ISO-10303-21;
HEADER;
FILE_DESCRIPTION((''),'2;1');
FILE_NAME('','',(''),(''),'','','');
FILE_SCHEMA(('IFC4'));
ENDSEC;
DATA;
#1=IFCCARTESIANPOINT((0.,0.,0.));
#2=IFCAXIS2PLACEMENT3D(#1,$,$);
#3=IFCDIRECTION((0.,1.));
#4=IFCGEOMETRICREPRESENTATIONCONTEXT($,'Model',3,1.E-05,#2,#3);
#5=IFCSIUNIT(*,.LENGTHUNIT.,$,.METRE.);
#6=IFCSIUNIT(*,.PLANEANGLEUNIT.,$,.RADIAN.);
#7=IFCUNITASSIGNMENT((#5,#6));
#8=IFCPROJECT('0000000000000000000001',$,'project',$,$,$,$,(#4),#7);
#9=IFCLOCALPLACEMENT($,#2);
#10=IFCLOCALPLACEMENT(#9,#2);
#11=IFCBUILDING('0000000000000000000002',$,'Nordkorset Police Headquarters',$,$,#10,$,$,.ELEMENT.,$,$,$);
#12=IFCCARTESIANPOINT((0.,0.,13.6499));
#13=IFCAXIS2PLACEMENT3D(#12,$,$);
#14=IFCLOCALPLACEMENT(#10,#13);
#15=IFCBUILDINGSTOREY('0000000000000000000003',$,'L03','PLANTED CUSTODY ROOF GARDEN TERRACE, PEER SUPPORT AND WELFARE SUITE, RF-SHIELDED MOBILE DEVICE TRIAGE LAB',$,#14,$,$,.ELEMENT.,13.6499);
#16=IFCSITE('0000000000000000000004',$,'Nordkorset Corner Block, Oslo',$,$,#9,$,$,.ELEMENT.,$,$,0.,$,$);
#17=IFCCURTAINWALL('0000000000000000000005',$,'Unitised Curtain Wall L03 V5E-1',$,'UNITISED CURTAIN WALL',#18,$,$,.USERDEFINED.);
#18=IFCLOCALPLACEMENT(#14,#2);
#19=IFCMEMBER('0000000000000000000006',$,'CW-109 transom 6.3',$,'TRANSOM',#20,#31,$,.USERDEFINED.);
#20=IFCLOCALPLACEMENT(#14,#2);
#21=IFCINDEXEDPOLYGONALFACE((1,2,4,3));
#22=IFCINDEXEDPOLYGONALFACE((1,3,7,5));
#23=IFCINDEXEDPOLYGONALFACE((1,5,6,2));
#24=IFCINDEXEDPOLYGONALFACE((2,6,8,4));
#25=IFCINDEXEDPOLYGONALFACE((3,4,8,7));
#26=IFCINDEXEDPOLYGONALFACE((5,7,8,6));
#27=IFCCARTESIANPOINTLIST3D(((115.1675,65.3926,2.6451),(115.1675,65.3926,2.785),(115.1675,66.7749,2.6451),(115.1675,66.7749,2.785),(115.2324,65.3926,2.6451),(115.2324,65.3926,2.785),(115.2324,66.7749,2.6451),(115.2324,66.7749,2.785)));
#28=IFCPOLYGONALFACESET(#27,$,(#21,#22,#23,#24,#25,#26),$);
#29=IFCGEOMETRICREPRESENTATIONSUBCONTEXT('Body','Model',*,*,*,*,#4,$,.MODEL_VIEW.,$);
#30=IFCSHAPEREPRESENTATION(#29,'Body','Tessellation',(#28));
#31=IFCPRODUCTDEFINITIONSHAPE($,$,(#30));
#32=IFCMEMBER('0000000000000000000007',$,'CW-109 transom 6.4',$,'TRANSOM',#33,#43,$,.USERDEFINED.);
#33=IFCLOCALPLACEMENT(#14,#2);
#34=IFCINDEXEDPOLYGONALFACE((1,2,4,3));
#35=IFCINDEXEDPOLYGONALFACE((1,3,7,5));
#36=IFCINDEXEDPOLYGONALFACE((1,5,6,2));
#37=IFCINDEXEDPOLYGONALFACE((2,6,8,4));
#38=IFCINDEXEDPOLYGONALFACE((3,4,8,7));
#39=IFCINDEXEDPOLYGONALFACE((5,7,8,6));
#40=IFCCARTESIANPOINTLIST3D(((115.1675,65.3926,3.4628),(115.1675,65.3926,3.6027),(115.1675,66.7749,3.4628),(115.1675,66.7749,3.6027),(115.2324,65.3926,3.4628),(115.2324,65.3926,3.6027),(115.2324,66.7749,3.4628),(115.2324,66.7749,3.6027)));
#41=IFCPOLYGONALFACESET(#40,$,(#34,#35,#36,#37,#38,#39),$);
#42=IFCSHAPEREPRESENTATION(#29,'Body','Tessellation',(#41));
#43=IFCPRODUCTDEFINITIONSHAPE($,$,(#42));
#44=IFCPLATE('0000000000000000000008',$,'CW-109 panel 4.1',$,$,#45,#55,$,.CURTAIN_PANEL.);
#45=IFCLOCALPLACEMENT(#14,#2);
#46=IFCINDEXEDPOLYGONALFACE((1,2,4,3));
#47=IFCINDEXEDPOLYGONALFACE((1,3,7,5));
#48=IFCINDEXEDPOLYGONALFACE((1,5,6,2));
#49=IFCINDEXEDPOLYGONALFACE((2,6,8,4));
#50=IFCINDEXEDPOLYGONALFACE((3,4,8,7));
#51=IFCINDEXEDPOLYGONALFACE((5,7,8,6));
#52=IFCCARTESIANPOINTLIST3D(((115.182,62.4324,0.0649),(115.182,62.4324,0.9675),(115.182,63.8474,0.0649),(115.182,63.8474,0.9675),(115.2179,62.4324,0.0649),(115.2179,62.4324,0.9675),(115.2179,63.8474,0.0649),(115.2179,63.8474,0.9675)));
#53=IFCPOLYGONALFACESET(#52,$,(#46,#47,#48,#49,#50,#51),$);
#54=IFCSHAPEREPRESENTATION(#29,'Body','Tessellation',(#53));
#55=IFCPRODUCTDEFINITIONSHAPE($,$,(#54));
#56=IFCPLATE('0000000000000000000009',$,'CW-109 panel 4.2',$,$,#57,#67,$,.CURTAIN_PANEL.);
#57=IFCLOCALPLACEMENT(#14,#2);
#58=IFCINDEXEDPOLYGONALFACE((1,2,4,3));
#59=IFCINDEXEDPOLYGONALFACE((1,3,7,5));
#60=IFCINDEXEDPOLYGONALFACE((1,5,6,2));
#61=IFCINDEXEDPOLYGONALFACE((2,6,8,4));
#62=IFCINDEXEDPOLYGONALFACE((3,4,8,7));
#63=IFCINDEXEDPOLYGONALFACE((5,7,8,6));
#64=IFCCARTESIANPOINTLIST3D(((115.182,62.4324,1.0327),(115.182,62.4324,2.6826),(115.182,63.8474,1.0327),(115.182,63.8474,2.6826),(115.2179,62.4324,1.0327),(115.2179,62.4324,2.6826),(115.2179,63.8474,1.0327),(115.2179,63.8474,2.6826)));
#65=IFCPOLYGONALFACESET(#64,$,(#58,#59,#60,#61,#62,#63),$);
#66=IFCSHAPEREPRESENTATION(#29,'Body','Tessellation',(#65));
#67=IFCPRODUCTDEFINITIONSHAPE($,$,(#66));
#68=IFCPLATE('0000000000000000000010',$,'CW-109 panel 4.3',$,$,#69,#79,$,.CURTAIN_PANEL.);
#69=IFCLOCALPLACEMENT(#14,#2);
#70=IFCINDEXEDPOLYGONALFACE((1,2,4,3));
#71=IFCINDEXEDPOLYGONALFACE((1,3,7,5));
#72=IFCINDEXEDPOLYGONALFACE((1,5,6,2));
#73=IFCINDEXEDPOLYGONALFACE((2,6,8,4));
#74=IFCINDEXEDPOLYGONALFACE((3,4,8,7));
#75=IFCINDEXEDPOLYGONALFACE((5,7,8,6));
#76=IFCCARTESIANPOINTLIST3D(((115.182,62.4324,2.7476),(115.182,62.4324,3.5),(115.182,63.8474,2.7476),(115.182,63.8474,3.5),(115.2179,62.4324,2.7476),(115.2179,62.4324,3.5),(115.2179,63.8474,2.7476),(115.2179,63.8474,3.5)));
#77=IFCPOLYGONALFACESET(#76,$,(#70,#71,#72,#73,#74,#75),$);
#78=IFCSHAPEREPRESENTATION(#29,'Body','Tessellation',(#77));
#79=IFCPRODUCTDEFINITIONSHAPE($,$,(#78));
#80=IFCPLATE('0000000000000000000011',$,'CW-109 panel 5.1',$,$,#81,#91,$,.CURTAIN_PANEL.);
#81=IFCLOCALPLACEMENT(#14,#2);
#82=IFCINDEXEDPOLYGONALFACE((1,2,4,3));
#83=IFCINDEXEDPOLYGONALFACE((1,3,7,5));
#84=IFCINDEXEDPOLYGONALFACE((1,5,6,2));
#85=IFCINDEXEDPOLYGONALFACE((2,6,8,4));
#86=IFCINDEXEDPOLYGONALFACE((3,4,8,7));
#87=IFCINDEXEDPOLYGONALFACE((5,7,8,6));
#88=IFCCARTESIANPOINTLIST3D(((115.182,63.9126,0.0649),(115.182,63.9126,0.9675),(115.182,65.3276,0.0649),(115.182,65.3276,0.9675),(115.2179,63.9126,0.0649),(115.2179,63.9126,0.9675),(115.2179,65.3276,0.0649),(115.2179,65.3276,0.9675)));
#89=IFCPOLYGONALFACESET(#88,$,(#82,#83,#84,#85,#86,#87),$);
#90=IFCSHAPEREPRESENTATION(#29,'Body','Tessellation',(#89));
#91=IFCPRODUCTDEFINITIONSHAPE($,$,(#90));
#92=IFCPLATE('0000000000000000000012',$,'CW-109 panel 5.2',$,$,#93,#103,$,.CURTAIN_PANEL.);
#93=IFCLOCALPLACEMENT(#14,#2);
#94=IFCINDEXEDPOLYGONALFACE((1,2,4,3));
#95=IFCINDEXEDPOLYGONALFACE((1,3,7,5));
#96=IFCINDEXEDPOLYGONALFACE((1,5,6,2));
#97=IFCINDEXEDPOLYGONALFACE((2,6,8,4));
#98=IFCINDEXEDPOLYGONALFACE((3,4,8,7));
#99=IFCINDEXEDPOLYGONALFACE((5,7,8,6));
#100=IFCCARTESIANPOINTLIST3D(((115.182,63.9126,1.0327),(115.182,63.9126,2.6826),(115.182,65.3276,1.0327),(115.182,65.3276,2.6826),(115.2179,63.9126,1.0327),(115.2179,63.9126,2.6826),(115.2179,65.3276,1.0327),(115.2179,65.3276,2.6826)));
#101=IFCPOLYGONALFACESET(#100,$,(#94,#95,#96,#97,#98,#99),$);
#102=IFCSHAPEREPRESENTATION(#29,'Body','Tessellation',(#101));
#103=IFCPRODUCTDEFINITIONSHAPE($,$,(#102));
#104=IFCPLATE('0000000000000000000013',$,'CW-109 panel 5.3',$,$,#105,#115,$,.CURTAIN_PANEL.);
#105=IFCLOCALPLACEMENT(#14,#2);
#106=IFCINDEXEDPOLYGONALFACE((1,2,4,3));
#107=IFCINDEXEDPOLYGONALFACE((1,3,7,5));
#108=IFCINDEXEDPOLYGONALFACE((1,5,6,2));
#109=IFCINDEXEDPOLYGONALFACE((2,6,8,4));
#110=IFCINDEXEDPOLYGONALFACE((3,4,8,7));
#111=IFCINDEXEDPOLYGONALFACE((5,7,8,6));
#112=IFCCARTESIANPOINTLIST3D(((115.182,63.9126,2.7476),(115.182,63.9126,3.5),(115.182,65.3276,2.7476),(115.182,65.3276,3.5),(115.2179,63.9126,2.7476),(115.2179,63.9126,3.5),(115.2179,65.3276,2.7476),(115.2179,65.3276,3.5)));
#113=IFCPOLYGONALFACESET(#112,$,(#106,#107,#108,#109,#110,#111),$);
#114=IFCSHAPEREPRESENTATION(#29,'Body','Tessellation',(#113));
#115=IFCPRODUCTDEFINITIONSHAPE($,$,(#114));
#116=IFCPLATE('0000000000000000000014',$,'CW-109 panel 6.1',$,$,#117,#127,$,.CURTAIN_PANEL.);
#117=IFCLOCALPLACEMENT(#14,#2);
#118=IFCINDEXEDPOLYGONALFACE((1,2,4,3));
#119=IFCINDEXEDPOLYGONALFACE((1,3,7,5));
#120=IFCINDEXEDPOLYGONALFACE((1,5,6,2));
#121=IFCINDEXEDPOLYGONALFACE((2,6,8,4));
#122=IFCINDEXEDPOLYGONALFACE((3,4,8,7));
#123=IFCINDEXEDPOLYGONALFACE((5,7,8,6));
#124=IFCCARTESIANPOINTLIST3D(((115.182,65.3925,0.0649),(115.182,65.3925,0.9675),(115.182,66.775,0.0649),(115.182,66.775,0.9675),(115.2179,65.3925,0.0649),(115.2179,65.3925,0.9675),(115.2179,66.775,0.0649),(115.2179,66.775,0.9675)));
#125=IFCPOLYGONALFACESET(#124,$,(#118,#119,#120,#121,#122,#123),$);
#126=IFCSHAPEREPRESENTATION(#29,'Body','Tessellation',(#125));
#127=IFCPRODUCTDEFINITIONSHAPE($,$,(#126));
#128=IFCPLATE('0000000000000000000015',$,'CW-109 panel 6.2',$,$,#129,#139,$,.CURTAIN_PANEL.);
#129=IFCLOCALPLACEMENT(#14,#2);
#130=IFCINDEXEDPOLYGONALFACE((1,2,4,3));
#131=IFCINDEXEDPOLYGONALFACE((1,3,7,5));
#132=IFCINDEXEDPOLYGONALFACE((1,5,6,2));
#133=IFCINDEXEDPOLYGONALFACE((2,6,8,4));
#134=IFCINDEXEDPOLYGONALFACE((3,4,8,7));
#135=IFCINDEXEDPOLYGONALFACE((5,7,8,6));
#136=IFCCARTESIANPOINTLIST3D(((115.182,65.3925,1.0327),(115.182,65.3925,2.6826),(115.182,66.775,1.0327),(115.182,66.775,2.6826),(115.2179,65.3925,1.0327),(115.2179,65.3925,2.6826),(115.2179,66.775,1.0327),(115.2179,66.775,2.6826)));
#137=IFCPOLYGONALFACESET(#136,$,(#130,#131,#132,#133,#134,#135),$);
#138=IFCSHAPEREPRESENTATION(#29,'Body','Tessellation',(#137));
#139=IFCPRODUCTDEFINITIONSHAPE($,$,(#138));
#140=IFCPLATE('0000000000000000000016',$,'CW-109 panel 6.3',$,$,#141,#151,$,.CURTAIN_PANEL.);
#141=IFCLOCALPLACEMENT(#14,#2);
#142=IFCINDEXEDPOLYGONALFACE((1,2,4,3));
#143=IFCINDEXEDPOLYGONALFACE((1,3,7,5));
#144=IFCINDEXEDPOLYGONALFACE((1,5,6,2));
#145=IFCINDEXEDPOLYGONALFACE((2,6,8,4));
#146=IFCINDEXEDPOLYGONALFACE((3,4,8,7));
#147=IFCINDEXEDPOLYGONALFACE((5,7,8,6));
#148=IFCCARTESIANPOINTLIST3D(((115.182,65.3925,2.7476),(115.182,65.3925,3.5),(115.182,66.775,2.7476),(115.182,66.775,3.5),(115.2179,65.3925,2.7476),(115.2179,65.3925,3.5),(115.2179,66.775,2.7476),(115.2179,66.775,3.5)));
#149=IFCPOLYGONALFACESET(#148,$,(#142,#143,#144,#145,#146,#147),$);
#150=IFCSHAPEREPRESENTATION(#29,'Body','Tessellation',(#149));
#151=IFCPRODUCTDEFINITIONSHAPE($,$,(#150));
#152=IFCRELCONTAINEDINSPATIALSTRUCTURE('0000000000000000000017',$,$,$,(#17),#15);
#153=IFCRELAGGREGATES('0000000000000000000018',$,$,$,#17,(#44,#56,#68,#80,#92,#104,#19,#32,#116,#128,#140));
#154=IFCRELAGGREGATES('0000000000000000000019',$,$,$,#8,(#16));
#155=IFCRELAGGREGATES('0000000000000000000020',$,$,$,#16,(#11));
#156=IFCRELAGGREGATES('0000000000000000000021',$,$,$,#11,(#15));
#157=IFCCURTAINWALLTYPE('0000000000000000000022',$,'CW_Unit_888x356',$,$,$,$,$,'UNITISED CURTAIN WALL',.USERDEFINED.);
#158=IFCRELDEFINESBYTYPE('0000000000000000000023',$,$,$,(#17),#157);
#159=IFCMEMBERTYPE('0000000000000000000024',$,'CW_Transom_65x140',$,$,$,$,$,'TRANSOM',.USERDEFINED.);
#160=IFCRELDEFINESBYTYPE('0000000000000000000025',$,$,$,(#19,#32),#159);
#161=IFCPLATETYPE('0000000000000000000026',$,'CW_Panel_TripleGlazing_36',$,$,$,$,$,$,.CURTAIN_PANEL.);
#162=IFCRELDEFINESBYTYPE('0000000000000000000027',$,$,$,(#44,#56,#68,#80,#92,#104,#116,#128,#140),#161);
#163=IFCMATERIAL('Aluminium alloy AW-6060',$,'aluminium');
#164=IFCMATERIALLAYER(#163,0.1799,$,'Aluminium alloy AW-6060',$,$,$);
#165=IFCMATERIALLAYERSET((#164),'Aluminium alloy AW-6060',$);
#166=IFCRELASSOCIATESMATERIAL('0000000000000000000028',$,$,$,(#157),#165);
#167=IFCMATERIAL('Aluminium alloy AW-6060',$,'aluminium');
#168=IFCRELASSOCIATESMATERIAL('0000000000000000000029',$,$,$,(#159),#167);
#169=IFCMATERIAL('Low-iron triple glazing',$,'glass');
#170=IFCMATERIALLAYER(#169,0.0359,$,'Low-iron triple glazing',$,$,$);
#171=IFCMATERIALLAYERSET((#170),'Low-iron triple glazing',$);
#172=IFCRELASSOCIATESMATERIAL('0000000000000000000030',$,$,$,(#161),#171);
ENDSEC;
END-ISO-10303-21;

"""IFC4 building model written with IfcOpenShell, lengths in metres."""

from ifc_helpers import new_model, si_unit, direction, frame, origin, origin_2d, place, context, subcontext, project, spatial, rectangle, extrude, material, layer, layer_set, material_profile, profile_set, type_object, element, aggregate, save


model = new_model("IFC4")

# Units and contexts
model_context = context("Model", 3, precision=1e-05, world=origin(), true_north=direction((0.0, 1.0)))
body_context = subcontext(model_context, "Body", "Model", "MODEL_VIEW")
ifc_project = project(units=[si_unit("LENGTHUNIT", "METRE"), si_unit("PLANEANGLEUNIT", "RADIAN")], contexts=[model_context])

# Site, building, storey
site_placement = place(None, origin())
site = spatial("IfcSite", under=ifc_project, at=site_placement, Name="Nordkorset Corner Block, Oslo", CompositionType="ELEMENT", RefElevation=0.0)
building_placement = place(site_placement, origin())
building = spatial("IfcBuilding", under=site, at=building_placement, Name="Nordkorset Police Headquarters", CompositionType="ELEMENT")
storey_placement = place(building_placement, frame((0.0, 0.0, 13.6499)))
storey = spatial("IfcBuildingStorey", under=building, at=storey_placement, Name="L03", Description="PLANTED CUSTODY ROOF GARDEN TERRACE, PEER SUPPORT AND WELFARE SUITE, RF-SHIELDED MOBILE DEVICE TRIAGE LAB", CompositionType="ELEMENT", Elevation=13.6499)

# Curtain wall, members, plates
ifc_material_1 = material(Name="Aluminium alloy AW-6060", Category="aluminium")
ifc_layer_1 = layer(ifc_material_1, 0.1799, Name="Aluminium alloy AW-6060")
ifc_layer_set_1 = layer_set([ifc_layer_1], Name="Aluminium alloy AW-6060")
curtain_wall_type = type_object("IfcCurtainWallType", Name="CW_Unit_888x356", ElementType="UNITISED CURTAIN WALL", PredefinedType="USERDEFINED", material=ifc_layer_set_1)
curtain_wall_placement = place(storey_placement, origin())
curtain_wall = element("IfcCurtainWall", 1, at=curtain_wall_placement, inside=storey, type_object=curtain_wall_type, Name="Unitised Curtain Wall L03 V5E-1", ObjectType="UNITISED CURTAIN WALL", PredefinedType="USERDEFINED")
ifc_material_2 = material(Name="Aluminium alloy AW-6060", Category="aluminium")
ifc_material_profile_1 = material_profile(ifc_material_2, rectangle(XDim=0.0649, YDim=0.1399, at=origin_2d()), Name="ALU TRAN 65x140")
ifc_profile_set_1 = profile_set([ifc_material_profile_1], Name="Aluminium alloy AW-6060")
member_type_1 = type_object("IfcMemberType", Name="CW_Transom_65x140", ElementType="TRANSOM", PredefinedType="USERDEFINED", material=ifc_profile_set_1)
member_1_placement = place(storey_placement, frame((115.2, 65.3926, 2.7151), z_axis=(0.0, 1.0, 0.0), x_axis=(-1.0, 0.0, 0.0)))
member_1 = element("IfcMember", 2, at=member_1_placement, type_object=member_type_1, Name="CW-109 transom 6.3", ObjectType="TRANSOM", PredefinedType="USERDEFINED", context=body_context, shape_type="SweptSolid", body=[
    extrude(rectangle(XDim=0.0649, YDim=0.1399, at=origin_2d()), origin(), (0.0, 0.0, 1.0), 1.3823),
])
member_2_placement = place(storey_placement, frame((115.2, 65.3926, 3.5327), z_axis=(0.0, 1.0, 0.0), x_axis=(-1.0, 0.0, 0.0)))
member_2 = element("IfcMember", 3, at=member_2_placement, type_object=member_type_1, Name="CW-109 transom 6.4", ObjectType="TRANSOM", PredefinedType="USERDEFINED", context=body_context, shape_type="SweptSolid", body=[
    extrude(rectangle(XDim=0.0649, YDim=0.1399, at=origin_2d()), origin(), (0.0, 0.0, 1.0), 1.3823),
])
ifc_material_3 = material(Name="Low-iron triple glazing", Category="glass")
ifc_layer_2 = layer(ifc_material_3, 0.0359, Name="Low-iron triple glazing")
ifc_layer_set_2 = layer_set([ifc_layer_2], Name="Low-iron triple glazing")
plate_type = type_object("IfcPlateType", Name="CW_Panel_TripleGlazing_36", PredefinedType="CURTAIN_PANEL", material=ifc_layer_set_2)
plate_1_placement = place(storey_placement, frame((115.2, 63.1399, 0.0649), z_axis=(0.0, 0.0, 1.0), x_axis=(0.0, 1.0, 0.0)))
plate_1 = element("IfcPlate", 4, at=plate_1_placement, type_object=plate_type, Name="CW-109 panel 4.1", PredefinedType="CURTAIN_PANEL", context=body_context, shape_type="SweptSolid", body=[
    extrude(rectangle(XDim=1.415, YDim=0.0359, at=origin_2d()), origin(), (0.0, 0.0, 1.0), 0.9026),
])
plate_2_placement = place(storey_placement, frame((115.2, 63.1399, 1.0327), z_axis=(0.0, 0.0, 1.0), x_axis=(0.0, 1.0, 0.0)))
plate_2 = element("IfcPlate", 5, at=plate_2_placement, type_object=plate_type, Name="CW-109 panel 4.2", PredefinedType="CURTAIN_PANEL", context=body_context, shape_type="SweptSolid", body=[
    extrude(rectangle(XDim=1.415, YDim=0.0359, at=origin_2d()), origin(), (0.0, 0.0, 1.0), 1.6499),
])
plate_3_placement = place(storey_placement, frame((115.2, 63.1399, 2.7476), z_axis=(0.0, 0.0, 1.0), x_axis=(0.0, 1.0, 0.0)))
plate_3 = element("IfcPlate", 6, at=plate_3_placement, type_object=plate_type, Name="CW-109 panel 4.3", PredefinedType="CURTAIN_PANEL", context=body_context, shape_type="SweptSolid", body=[
    extrude(rectangle(XDim=1.415, YDim=0.0359, at=origin_2d()), origin(), (0.0, 0.0, 1.0), 0.7524),
])
plate_4_placement = place(storey_placement, frame((115.2, 64.6201, 0.0649), z_axis=(0.0, 0.0, 1.0), x_axis=(0.0, 1.0, 0.0)))
plate_4 = element("IfcPlate", 7, at=plate_4_placement, type_object=plate_type, Name="CW-109 panel 5.1", PredefinedType="CURTAIN_PANEL", context=body_context, shape_type="SweptSolid", body=[
    extrude(rectangle(XDim=1.415, YDim=0.0359, at=origin_2d()), origin(), (0.0, 0.0, 1.0), 0.9026),
])
plate_5_placement = place(storey_placement, frame((115.2, 64.6201, 1.0327), z_axis=(0.0, 0.0, 1.0), x_axis=(0.0, 1.0, 0.0)))
plate_5 = element("IfcPlate", 8, at=plate_5_placement, type_object=plate_type, Name="CW-109 panel 5.2", PredefinedType="CURTAIN_PANEL", context=body_context, shape_type="SweptSolid", body=[
    extrude(rectangle(XDim=1.415, YDim=0.0359, at=origin_2d()), origin(), (0.0, 0.0, 1.0), 1.6499),
])
plate_6_placement = place(storey_placement, frame((115.2, 64.6201, 2.7476), z_axis=(0.0, 0.0, 1.0), x_axis=(0.0, 1.0, 0.0)))
plate_6 = element("IfcPlate", 9, at=plate_6_placement, type_object=plate_type, Name="CW-109 panel 5.3", PredefinedType="CURTAIN_PANEL", context=body_context, shape_type="SweptSolid", body=[
    extrude(rectangle(XDim=1.415, YDim=0.0359, at=origin_2d()), origin(), (0.0, 0.0, 1.0), 0.7524),
])
plate_7_placement = place(storey_placement, frame((115.2, 66.0837, 0.0649), z_axis=(0.0, 0.0, 1.0), x_axis=(0.0, 1.0, 0.0)))
plate_7 = element("IfcPlate", 10, at=plate_7_placement, type_object=plate_type, Name="CW-109 panel 6.1", PredefinedType="CURTAIN_PANEL", context=body_context, shape_type="SweptSolid", body=[
    extrude(rectangle(XDim=1.3826, YDim=0.0359, at=origin_2d()), origin(), (0.0, 0.0, 1.0), 0.9026),
])
plate_8_placement = place(storey_placement, frame((115.2, 66.0837, 1.0327), z_axis=(0.0, 0.0, 1.0), x_axis=(0.0, 1.0, 0.0)))
plate_8 = element("IfcPlate", 11, at=plate_8_placement, type_object=plate_type, Name="CW-109 panel 6.2", PredefinedType="CURTAIN_PANEL", context=body_context, shape_type="SweptSolid", body=[
    extrude(rectangle(XDim=1.3826, YDim=0.0359, at=origin_2d()), origin(), (0.0, 0.0, 1.0), 1.6499),
])
plate_9_placement = place(storey_placement, frame((115.2, 66.0837, 2.7476), z_axis=(0.0, 0.0, 1.0), x_axis=(0.0, 1.0, 0.0)))
plate_9 = element("IfcPlate", 12, at=plate_9_placement, type_object=plate_type, Name="CW-109 panel 6.3", PredefinedType="CURTAIN_PANEL", context=body_context, shape_type="SweptSolid", body=[
    extrude(rectangle(XDim=1.3826, YDim=0.0359, at=origin_2d()), origin(), (0.0, 0.0, 1.0), 0.7524),
])
aggregate(curtain_wall, [plate_1, plate_2, plate_3, plate_4, plate_5, plate_6, member_1, member_2, plate_7, plate_8, plate_9])

save(model, "model.ifc")
